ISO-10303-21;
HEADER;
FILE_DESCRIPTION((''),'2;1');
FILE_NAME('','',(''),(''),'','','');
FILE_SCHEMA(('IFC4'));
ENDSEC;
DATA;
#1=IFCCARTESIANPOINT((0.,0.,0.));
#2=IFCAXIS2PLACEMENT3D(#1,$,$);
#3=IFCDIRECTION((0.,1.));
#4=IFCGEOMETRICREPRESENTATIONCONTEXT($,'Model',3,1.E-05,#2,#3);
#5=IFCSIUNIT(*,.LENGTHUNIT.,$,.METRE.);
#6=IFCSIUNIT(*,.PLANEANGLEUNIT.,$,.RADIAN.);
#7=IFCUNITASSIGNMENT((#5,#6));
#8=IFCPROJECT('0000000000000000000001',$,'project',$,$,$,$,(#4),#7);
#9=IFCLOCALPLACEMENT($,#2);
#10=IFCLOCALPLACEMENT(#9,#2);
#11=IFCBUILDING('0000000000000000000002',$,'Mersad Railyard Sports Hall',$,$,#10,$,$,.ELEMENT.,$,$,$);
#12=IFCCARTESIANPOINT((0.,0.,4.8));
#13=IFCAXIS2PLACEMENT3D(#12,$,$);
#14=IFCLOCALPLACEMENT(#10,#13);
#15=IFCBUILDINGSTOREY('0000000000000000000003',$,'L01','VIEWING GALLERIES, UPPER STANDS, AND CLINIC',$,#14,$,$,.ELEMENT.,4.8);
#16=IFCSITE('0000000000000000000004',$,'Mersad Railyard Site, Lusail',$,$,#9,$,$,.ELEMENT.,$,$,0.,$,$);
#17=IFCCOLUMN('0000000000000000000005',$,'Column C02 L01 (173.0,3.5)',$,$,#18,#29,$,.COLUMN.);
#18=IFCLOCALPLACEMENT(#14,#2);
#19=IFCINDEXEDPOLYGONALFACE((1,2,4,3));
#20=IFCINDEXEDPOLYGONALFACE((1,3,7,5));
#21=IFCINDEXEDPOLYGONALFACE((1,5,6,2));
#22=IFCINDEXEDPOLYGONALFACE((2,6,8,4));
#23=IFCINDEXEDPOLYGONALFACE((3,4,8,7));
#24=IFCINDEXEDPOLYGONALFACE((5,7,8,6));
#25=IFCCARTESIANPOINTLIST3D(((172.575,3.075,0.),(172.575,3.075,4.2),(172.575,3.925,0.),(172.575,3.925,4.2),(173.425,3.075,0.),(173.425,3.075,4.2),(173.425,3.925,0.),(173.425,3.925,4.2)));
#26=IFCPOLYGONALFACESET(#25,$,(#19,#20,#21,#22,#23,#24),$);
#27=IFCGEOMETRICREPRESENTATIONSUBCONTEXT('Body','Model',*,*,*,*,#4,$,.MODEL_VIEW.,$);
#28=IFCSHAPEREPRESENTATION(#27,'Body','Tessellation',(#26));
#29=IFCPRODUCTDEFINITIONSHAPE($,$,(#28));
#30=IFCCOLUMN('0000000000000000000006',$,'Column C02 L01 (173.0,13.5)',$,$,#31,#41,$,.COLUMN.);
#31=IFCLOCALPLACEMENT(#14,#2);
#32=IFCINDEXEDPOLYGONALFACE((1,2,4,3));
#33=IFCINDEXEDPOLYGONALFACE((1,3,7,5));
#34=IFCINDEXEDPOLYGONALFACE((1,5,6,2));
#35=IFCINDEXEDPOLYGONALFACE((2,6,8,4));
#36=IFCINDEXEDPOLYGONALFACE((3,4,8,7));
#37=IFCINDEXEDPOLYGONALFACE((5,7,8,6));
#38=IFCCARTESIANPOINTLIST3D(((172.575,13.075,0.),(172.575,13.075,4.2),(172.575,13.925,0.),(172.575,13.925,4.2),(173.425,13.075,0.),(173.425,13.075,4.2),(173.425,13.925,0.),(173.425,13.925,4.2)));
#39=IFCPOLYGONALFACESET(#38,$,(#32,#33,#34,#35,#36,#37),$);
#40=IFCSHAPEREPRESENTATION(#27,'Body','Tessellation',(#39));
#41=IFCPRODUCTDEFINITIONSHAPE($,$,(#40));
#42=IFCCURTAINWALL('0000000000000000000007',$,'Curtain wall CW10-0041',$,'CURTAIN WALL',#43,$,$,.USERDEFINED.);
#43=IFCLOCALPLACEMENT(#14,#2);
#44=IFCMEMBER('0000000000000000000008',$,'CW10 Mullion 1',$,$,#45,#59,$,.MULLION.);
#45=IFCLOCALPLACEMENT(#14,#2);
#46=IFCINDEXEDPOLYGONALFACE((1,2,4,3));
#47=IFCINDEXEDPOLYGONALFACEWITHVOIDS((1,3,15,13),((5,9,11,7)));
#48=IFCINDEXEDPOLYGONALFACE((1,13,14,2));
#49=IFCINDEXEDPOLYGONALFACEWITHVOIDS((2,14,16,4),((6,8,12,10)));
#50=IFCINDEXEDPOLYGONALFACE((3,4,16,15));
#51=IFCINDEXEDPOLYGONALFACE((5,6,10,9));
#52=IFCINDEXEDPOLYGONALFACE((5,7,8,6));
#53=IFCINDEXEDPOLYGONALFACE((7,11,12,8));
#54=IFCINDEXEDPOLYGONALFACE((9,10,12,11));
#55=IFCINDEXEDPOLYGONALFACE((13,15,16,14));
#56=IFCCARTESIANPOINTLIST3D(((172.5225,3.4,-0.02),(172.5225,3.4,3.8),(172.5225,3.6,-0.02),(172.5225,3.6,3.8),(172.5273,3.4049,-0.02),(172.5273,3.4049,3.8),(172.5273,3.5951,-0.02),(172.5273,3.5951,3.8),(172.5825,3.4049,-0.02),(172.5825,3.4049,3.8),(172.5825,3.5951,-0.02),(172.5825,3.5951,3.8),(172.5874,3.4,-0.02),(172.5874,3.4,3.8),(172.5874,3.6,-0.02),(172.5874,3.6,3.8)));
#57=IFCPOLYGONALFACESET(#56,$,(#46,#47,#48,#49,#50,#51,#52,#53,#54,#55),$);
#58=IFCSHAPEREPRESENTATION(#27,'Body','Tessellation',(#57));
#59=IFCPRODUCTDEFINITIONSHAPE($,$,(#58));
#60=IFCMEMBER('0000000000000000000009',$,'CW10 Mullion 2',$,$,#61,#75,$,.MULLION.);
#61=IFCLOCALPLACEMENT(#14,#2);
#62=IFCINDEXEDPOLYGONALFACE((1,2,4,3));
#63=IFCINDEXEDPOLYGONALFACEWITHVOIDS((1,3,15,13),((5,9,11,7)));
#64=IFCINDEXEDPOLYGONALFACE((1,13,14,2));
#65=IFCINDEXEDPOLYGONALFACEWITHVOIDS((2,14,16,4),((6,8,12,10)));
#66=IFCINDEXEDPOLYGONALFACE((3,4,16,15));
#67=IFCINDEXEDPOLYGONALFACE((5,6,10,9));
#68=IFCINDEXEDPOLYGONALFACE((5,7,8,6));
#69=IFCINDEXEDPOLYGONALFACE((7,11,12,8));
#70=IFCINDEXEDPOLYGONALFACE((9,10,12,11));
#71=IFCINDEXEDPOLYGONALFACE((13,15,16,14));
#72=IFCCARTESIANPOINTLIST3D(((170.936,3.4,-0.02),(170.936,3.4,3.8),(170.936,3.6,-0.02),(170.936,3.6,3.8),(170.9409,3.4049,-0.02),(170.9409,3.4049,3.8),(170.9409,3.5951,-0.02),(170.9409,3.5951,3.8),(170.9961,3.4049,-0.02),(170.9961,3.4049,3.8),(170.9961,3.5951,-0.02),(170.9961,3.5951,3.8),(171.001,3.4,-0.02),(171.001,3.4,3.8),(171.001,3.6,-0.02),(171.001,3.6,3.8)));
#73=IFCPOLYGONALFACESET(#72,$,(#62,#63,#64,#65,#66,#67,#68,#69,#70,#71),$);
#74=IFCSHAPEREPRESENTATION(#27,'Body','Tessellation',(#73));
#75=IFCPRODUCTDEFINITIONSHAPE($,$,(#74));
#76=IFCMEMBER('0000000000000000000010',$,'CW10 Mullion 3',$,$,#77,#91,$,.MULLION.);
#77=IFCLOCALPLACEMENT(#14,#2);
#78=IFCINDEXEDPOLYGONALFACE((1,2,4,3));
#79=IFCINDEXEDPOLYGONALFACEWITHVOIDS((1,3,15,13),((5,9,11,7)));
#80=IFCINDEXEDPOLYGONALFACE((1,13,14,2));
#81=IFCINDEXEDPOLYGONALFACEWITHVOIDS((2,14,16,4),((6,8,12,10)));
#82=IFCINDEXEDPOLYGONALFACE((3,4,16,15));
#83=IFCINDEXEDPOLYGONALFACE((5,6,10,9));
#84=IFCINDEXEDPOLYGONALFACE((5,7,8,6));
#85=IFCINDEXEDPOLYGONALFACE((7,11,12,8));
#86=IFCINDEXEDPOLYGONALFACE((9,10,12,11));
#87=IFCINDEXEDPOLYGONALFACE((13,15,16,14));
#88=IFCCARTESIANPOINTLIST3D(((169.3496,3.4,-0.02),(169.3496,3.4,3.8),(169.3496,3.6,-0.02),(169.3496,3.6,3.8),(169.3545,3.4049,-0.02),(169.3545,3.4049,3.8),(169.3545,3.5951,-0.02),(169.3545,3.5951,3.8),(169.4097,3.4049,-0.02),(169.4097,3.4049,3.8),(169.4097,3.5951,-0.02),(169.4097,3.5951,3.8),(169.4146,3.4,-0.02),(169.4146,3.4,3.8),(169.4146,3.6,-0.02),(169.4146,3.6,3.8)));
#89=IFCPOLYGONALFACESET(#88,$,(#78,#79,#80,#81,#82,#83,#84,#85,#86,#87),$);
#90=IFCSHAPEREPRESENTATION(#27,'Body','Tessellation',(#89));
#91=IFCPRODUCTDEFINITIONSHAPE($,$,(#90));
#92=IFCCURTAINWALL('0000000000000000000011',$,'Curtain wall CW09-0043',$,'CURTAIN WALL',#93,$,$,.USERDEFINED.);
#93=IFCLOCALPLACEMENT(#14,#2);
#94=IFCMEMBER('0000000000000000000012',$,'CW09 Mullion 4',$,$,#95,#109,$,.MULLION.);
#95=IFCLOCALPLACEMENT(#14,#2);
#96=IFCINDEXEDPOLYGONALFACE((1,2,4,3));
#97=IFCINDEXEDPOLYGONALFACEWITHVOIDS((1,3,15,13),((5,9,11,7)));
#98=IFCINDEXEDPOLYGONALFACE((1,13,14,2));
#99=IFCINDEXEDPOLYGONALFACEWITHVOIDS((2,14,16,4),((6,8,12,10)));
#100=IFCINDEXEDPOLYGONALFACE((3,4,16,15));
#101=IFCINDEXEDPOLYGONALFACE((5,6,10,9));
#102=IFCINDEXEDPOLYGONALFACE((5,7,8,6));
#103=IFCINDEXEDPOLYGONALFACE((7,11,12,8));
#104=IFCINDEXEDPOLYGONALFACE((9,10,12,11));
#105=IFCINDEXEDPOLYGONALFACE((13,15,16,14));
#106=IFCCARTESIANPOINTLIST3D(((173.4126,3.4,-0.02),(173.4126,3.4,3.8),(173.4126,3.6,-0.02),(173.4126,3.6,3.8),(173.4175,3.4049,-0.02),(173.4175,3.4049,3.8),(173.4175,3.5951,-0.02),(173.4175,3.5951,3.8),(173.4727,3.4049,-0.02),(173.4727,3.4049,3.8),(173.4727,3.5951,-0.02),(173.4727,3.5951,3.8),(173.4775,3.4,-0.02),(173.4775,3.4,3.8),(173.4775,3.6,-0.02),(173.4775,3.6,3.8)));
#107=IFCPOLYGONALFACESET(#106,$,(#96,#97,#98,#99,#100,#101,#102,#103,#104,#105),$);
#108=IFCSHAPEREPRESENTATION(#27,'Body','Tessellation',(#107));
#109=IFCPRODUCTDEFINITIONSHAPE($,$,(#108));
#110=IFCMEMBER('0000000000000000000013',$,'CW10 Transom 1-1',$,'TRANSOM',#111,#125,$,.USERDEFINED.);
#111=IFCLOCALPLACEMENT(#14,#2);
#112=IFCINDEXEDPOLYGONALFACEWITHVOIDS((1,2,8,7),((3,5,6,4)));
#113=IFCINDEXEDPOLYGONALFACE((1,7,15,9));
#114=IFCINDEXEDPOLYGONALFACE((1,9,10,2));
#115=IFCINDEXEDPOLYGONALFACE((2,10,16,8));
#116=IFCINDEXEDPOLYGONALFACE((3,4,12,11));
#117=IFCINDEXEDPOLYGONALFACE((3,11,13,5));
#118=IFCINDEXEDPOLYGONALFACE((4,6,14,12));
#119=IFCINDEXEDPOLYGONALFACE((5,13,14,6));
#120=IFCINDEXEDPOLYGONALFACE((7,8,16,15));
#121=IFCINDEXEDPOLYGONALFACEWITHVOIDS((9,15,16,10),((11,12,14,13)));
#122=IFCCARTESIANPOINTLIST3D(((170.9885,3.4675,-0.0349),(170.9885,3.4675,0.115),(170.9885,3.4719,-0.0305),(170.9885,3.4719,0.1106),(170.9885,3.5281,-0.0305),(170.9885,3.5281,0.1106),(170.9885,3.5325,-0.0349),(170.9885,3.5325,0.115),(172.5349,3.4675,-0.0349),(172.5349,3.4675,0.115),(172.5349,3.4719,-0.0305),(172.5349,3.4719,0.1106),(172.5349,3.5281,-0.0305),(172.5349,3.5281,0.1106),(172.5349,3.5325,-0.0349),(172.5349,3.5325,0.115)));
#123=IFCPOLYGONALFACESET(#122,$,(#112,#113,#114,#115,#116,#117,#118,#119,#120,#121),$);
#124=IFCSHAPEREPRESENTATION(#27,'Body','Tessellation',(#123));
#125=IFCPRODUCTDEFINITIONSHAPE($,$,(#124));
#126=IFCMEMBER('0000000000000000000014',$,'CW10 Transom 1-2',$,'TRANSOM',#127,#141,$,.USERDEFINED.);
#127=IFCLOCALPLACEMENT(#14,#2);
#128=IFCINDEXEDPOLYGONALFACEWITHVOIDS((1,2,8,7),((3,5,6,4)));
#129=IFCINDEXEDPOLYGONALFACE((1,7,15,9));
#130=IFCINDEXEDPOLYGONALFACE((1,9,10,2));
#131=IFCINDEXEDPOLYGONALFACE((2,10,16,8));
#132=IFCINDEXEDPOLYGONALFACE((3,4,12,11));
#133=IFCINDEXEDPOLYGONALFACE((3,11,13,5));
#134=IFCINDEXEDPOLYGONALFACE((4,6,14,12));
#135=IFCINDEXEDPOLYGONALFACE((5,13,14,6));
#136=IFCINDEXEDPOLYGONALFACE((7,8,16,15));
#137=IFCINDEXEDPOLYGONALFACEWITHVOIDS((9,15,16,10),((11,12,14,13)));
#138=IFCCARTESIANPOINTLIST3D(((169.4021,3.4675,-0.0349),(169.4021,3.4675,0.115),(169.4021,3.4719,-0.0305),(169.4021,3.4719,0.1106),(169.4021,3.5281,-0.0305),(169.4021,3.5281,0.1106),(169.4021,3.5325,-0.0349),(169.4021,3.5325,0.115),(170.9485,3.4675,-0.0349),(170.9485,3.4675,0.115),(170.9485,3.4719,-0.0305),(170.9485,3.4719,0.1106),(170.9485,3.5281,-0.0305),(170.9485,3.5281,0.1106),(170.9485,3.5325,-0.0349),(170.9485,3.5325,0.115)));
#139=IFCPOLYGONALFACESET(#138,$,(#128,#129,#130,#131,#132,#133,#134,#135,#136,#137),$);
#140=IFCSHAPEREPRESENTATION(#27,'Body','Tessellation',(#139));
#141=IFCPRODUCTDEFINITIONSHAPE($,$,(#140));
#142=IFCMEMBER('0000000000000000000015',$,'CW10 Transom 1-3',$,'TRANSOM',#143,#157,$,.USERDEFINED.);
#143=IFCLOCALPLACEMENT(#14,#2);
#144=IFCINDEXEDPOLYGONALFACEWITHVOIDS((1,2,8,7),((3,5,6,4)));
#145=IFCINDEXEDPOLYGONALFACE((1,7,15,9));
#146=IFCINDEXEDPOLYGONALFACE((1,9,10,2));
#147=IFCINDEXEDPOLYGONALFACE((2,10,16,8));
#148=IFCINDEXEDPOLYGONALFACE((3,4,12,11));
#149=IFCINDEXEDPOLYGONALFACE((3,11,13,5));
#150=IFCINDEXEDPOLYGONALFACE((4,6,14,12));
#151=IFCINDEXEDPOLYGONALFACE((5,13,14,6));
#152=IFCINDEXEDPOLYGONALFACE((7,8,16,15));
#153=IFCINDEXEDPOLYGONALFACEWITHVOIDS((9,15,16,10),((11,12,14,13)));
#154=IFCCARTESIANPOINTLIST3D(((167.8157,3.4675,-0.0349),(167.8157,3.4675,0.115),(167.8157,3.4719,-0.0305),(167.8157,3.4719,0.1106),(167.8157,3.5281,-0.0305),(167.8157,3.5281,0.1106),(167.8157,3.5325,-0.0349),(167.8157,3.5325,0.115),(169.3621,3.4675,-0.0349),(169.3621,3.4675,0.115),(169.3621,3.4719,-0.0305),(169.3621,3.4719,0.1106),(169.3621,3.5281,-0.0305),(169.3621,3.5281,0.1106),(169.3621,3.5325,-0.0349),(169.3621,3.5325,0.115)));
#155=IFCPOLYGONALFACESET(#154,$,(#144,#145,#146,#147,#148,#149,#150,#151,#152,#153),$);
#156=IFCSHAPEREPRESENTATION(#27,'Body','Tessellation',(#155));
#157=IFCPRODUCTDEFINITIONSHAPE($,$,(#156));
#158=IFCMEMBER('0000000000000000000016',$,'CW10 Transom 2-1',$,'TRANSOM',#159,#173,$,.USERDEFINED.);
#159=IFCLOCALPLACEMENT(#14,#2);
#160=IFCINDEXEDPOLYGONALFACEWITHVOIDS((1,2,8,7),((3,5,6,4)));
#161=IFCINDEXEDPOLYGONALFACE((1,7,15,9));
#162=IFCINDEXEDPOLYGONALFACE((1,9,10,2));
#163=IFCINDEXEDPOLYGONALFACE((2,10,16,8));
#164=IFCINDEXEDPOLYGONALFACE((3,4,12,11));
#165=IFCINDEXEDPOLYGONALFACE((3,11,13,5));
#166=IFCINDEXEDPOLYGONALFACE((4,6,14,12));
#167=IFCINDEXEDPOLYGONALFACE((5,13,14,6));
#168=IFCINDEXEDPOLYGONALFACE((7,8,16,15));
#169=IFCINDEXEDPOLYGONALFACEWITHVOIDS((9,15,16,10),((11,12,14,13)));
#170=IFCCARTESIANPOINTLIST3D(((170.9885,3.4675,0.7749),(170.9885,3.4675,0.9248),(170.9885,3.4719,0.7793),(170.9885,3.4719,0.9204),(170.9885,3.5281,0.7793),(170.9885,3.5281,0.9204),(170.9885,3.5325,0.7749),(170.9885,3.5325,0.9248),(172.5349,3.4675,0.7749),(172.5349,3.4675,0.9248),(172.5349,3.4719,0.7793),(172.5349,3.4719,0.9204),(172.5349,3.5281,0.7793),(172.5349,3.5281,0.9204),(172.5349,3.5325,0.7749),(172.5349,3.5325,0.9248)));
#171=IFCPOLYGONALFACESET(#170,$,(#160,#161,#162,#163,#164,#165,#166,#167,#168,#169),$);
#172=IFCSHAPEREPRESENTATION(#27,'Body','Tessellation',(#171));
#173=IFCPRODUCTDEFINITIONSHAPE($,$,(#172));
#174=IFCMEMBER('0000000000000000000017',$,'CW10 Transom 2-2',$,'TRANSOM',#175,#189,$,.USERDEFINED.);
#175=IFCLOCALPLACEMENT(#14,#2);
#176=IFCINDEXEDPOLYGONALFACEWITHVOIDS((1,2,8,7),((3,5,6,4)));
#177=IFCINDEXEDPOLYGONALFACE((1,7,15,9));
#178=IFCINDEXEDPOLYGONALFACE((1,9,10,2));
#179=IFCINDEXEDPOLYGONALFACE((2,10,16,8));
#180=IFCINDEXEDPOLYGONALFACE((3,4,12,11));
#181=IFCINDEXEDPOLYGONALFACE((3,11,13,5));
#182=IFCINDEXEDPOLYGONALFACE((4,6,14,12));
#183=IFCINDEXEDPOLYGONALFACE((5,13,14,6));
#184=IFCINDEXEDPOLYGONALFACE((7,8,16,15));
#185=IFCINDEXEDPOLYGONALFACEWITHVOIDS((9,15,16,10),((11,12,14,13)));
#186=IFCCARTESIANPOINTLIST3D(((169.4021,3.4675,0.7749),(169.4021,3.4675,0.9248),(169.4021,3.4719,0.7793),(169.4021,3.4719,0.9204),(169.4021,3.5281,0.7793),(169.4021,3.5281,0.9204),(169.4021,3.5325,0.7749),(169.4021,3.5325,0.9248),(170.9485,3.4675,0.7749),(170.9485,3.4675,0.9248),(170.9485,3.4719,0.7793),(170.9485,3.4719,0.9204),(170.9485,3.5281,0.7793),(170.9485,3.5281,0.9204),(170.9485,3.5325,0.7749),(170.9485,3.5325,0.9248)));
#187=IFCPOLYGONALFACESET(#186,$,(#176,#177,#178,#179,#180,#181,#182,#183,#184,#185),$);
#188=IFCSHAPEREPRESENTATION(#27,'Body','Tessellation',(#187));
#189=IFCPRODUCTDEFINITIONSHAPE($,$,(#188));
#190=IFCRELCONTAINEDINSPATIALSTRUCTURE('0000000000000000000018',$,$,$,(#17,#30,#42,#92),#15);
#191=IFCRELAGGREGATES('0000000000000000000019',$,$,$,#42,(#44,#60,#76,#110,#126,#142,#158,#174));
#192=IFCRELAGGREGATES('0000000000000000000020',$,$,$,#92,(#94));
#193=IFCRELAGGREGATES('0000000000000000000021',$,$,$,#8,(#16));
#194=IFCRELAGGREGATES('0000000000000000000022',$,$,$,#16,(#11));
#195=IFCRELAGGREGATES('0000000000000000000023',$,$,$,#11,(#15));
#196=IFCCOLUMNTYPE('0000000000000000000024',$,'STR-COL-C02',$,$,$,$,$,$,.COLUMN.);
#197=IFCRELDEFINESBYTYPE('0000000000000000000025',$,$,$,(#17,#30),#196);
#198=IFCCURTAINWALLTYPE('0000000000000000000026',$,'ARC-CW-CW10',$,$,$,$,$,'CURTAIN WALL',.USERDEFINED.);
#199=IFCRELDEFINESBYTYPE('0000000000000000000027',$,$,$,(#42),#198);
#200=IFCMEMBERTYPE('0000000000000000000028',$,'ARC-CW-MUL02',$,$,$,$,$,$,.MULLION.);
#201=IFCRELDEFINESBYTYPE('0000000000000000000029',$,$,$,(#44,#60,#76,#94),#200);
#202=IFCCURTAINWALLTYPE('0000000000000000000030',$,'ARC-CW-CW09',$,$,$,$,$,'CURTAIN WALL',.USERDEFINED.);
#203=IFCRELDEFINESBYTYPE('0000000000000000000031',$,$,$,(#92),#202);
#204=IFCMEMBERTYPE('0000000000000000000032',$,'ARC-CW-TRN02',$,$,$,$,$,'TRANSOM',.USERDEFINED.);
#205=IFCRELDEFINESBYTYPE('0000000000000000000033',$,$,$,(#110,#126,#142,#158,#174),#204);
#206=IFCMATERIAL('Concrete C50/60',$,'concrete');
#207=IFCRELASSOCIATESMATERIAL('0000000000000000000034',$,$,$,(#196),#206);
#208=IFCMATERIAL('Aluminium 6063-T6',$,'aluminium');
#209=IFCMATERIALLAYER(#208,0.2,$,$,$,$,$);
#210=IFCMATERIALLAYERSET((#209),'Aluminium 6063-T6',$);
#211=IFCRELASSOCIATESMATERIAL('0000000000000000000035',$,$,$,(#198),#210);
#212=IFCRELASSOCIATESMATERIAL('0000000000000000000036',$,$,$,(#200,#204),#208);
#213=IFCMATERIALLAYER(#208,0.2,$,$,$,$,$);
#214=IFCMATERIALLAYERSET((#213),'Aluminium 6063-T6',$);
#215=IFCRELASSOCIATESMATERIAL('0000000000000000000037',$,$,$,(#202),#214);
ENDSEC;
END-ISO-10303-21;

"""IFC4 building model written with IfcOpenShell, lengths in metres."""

from ifc_helpers import new_model, si_unit, direction, frame, origin, origin_2d, place, context, subcontext, project, spatial, rectangle, hollow_rectangle, extrude, material, layer, layer_set, material_profile, profile_set, type_object, element, aggregate, save


model = new_model("IFC4")

# Units and contexts
model_context = context("Model", 3, precision=1e-05, world=origin(), true_north=direction((0.0, 1.0)))
body_context = subcontext(model_context, "Body", "Model", "MODEL_VIEW")
ifc_project = project(units=[si_unit("LENGTHUNIT", "METRE"), si_unit("PLANEANGLEUNIT", "RADIAN")], contexts=[model_context])

# Site, building, storey
site_placement = place(None, origin())
site = spatial("IfcSite", under=ifc_project, at=site_placement, Name="Mersad Railyard Site, Lusail", CompositionType="ELEMENT", RefElevation=0.0)
building_placement = place(site_placement, origin())
building = spatial("IfcBuilding", under=site, at=building_placement, Name="Mersad Railyard Sports Hall", CompositionType="ELEMENT")
storey_placement = place(building_placement, frame((0.0, 0.0, 4.8)))
storey = spatial("IfcBuildingStorey", under=building, at=storey_placement, Name="L01", Description="VIEWING GALLERIES, UPPER STANDS, AND CLINIC", CompositionType="ELEMENT", Elevation=4.8)

# Columns
ifc_material_1 = material(Name="Concrete C50/60", Category="concrete")
ifc_material_profile_1 = material_profile(ifc_material_1, rectangle(XDim=0.8501, YDim=0.8501, at=origin_2d()), Name="RC 850x850")
ifc_profile_set_1 = profile_set([ifc_material_profile_1], Name="Concrete C50/60")
column_type = type_object("IfcColumnType", Name="STR-COL-C02", PredefinedType="COLUMN", material=ifc_profile_set_1)
for number, where, z_axis, x_axis, name in (
    (1, (173.0, 3.5, 0.0), (0.0, 0.0, 1.0), (1.0, 0.0, 0.0), "Column C02 L01 (173.0,3.5)"),
    (2, (173.0, 13.5, 0.0), (0.0, 0.0, 1.0), (1.0, 0.0, 0.0), "Column C02 L01 (173.0,13.5)"),
):
    element("IfcColumn", number, at=place(storey_placement, frame(where, z_axis=z_axis, x_axis=x_axis)), inside=storey, type_object=column_type, Name=name, PredefinedType="COLUMN", context=body_context, shape_type="SweptSolid", body=[
        extrude(rectangle(XDim=0.8501, YDim=0.8501, at=origin_2d()), origin(), (0.0, 0.0, 1.0), 4.2),
    ])

# Curtain wall, members
ifc_material_2 = material(Name="Aluminium 6063-T6", Category="aluminium")
ifc_layer_1 = layer(ifc_material_2, 0.2)
ifc_layer_set_1 = layer_set([ifc_layer_1], Name="Aluminium 6063-T6")
curtain_wall_type_1 = type_object("IfcCurtainWallType", Name="ARC-CW-CW10", ElementType="CURTAIN WALL", PredefinedType="USERDEFINED", material=ifc_layer_set_1)
curtain_wall_1_placement = place(storey_placement, origin())
curtain_wall_1 = element("IfcCurtainWall", 3, at=curtain_wall_1_placement, inside=storey, type_object=curtain_wall_type_1, Name="Curtain wall CW10-0041", ObjectType="CURTAIN WALL", PredefinedType="USERDEFINED")
ifc_material_profile_2 = material_profile(ifc_material_2, hollow_rectangle(XDim=0.0649, YDim=0.2, WallThickness=0.0049, at=origin_2d()), Name="AL MULLION 65x200x5")
ifc_profile_set_2 = profile_set([ifc_material_profile_2], Name="Aluminium 6063-T6")
member_type_1 = type_object("IfcMemberType", Name="ARC-CW-MUL02", PredefinedType="MULLION", material=ifc_profile_set_2)
member_1_placement = place(storey_placement, frame((172.5549, 3.5, -0.02), z_axis=(0.0, 0.0, 1.0), x_axis=(1.0, 0.0, 0.0)))
member_1 = element("IfcMember", 4, at=member_1_placement, type_object=member_type_1, Name="CW10 Mullion 1", PredefinedType="MULLION", context=body_context, shape_type="SweptSolid", body=[
    extrude(hollow_rectangle(XDim=0.0649, YDim=0.2, WallThickness=0.0049, at=origin_2d()), origin(), (0.0, 0.0, 1.0), 3.8201),
])
member_2_placement = place(storey_placement, frame((170.9685, 3.5, -0.02), z_axis=(0.0, 0.0, 1.0), x_axis=(1.0, 0.0, 0.0)))
member_2 = element("IfcMember", 5, at=member_2_placement, type_object=member_type_1, Name="CW10 Mullion 2", PredefinedType="MULLION", context=body_context, shape_type="SweptSolid", body=[
    extrude(hollow_rectangle(XDim=0.0649, YDim=0.2, WallThickness=0.0049, at=origin_2d()), origin(), (0.0, 0.0, 1.0), 3.8201),
])
member_3_placement = place(storey_placement, frame((169.3821, 3.5, -0.02), z_axis=(0.0, 0.0, 1.0), x_axis=(1.0, 0.0, 0.0)))
member_3 = element("IfcMember", 6, at=member_3_placement, type_object=member_type_1, Name="CW10 Mullion 3", PredefinedType="MULLION", context=body_context, shape_type="SweptSolid", body=[
    extrude(hollow_rectangle(XDim=0.0649, YDim=0.2, WallThickness=0.0049, at=origin_2d()), origin(), (0.0, 0.0, 1.0), 3.8201),
])

# Curtain wall, member
ifc_layer_2 = layer(ifc_material_2, 0.2)
ifc_layer_set_2 = layer_set([ifc_layer_2], Name="Aluminium 6063-T6")
curtain_wall_type_2 = type_object("IfcCurtainWallType", Name="ARC-CW-CW09", ElementType="CURTAIN WALL", PredefinedType="USERDEFINED", material=ifc_layer_set_2)
curtain_wall_2_placement = place(storey_placement, origin())
curtain_wall_2 = element("IfcCurtainWall", 7, at=curtain_wall_2_placement, inside=storey, type_object=curtain_wall_type_2, Name="Curtain wall CW09-0043", ObjectType="CURTAIN WALL", PredefinedType="USERDEFINED")
member_4_placement = place(storey_placement, frame((173.4451, 3.5, -0.02), z_axis=(0.0, 0.0, 1.0), x_axis=(1.0, 0.0, 0.0)))
member_4 = element("IfcMember", 8, at=member_4_placement, type_object=member_type_1, Name="CW09 Mullion 4", PredefinedType="MULLION", context=body_context, shape_type="SweptSolid", body=[
    extrude(hollow_rectangle(XDim=0.0649, YDim=0.2, WallThickness=0.0049, at=origin_2d()), origin(), (0.0, 0.0, 1.0), 3.8201),
])

# Members
ifc_material_profile_3 = material_profile(ifc_material_2, hollow_rectangle(XDim=0.0649, YDim=0.1499, WallThickness=0.0044, at=origin_2d()), Name="AL TRANSOM 65x150x4.5")
ifc_profile_set_3 = profile_set([ifc_material_profile_3], Name="Aluminium 6063-T6")
member_type_2 = type_object("IfcMemberType", Name="ARC-CW-TRN02", ElementType="TRANSOM", PredefinedType="USERDEFINED", material=ifc_profile_set_3)
member_5_placement = place(storey_placement, frame((172.5349, 3.5, 0.04), z_axis=(-1.0, 0.0, 0.0), x_axis=(0.0, -1.0, 0.0)))
member_5 = element("IfcMember", 9, at=member_5_placement, type_object=member_type_2, Name="CW10 Transom 1-1", ObjectType="TRANSOM", PredefinedType="USERDEFINED", context=body_context, shape_type="SweptSolid", body=[
    extrude(hollow_rectangle(XDim=0.0649, YDim=0.1499, WallThickness=0.0044, at=origin_2d()), origin(), (0.0, 0.0, 1.0), 1.5464),
])
member_6_placement = place(storey_placement, frame((170.9485, 3.5, 0.04), z_axis=(-1.0, 0.0, 0.0), x_axis=(0.0, -1.0, 0.0)))
member_6 = element("IfcMember", 10, at=member_6_placement, type_object=member_type_2, Name="CW10 Transom 1-2", ObjectType="TRANSOM", PredefinedType="USERDEFINED", context=body_context, shape_type="SweptSolid", body=[
    extrude(hollow_rectangle(XDim=0.0649, YDim=0.1499, WallThickness=0.0044, at=origin_2d()), origin(), (0.0, 0.0, 1.0), 1.5464),
])
member_7_placement = place(storey_placement, frame((169.3621, 3.5, 0.04), z_axis=(-1.0, 0.0, 0.0), x_axis=(0.0, -1.0, 0.0)))
member_7 = element("IfcMember", 11, at=member_7_placement, type_object=member_type_2, Name="CW10 Transom 1-3", ObjectType="TRANSOM", PredefinedType="USERDEFINED", context=body_context, shape_type="SweptSolid", body=[
    extrude(hollow_rectangle(XDim=0.0649, YDim=0.1499, WallThickness=0.0044, at=origin_2d()), origin(), (0.0, 0.0, 1.0), 1.5464),
])
member_8_placement = place(storey_placement, frame((172.5349, 3.5, 0.8499), z_axis=(-1.0, 0.0, 0.0), x_axis=(0.0, -1.0, 0.0)))
member_8 = element("IfcMember", 12, at=member_8_placement, type_object=member_type_2, Name="CW10 Transom 2-1", ObjectType="TRANSOM", PredefinedType="USERDEFINED", context=body_context, shape_type="SweptSolid", body=[
    extrude(hollow_rectangle(XDim=0.0649, YDim=0.1499, WallThickness=0.0044, at=origin_2d()), origin(), (0.0, 0.0, 1.0), 1.5464),
])
member_9_placement = place(storey_placement, frame((170.9485, 3.5, 0.8499), z_axis=(-1.0, 0.0, 0.0), x_axis=(0.0, -1.0, 0.0)))
member_9 = element("IfcMember", 13, at=member_9_placement, type_object=member_type_2, Name="CW10 Transom 2-2", ObjectType="TRANSOM", PredefinedType="USERDEFINED", context=body_context, shape_type="SweptSolid", body=[
    extrude(hollow_rectangle(XDim=0.0649, YDim=0.1499, WallThickness=0.0044, at=origin_2d()), origin(), (0.0, 0.0, 1.0), 1.5464),
])

aggregate(curtain_wall_1, [member_1, member_2, member_3, member_5, member_6, member_7, member_8, member_9])
aggregate(curtain_wall_2, [member_4])

save(model, "model.ifc")
